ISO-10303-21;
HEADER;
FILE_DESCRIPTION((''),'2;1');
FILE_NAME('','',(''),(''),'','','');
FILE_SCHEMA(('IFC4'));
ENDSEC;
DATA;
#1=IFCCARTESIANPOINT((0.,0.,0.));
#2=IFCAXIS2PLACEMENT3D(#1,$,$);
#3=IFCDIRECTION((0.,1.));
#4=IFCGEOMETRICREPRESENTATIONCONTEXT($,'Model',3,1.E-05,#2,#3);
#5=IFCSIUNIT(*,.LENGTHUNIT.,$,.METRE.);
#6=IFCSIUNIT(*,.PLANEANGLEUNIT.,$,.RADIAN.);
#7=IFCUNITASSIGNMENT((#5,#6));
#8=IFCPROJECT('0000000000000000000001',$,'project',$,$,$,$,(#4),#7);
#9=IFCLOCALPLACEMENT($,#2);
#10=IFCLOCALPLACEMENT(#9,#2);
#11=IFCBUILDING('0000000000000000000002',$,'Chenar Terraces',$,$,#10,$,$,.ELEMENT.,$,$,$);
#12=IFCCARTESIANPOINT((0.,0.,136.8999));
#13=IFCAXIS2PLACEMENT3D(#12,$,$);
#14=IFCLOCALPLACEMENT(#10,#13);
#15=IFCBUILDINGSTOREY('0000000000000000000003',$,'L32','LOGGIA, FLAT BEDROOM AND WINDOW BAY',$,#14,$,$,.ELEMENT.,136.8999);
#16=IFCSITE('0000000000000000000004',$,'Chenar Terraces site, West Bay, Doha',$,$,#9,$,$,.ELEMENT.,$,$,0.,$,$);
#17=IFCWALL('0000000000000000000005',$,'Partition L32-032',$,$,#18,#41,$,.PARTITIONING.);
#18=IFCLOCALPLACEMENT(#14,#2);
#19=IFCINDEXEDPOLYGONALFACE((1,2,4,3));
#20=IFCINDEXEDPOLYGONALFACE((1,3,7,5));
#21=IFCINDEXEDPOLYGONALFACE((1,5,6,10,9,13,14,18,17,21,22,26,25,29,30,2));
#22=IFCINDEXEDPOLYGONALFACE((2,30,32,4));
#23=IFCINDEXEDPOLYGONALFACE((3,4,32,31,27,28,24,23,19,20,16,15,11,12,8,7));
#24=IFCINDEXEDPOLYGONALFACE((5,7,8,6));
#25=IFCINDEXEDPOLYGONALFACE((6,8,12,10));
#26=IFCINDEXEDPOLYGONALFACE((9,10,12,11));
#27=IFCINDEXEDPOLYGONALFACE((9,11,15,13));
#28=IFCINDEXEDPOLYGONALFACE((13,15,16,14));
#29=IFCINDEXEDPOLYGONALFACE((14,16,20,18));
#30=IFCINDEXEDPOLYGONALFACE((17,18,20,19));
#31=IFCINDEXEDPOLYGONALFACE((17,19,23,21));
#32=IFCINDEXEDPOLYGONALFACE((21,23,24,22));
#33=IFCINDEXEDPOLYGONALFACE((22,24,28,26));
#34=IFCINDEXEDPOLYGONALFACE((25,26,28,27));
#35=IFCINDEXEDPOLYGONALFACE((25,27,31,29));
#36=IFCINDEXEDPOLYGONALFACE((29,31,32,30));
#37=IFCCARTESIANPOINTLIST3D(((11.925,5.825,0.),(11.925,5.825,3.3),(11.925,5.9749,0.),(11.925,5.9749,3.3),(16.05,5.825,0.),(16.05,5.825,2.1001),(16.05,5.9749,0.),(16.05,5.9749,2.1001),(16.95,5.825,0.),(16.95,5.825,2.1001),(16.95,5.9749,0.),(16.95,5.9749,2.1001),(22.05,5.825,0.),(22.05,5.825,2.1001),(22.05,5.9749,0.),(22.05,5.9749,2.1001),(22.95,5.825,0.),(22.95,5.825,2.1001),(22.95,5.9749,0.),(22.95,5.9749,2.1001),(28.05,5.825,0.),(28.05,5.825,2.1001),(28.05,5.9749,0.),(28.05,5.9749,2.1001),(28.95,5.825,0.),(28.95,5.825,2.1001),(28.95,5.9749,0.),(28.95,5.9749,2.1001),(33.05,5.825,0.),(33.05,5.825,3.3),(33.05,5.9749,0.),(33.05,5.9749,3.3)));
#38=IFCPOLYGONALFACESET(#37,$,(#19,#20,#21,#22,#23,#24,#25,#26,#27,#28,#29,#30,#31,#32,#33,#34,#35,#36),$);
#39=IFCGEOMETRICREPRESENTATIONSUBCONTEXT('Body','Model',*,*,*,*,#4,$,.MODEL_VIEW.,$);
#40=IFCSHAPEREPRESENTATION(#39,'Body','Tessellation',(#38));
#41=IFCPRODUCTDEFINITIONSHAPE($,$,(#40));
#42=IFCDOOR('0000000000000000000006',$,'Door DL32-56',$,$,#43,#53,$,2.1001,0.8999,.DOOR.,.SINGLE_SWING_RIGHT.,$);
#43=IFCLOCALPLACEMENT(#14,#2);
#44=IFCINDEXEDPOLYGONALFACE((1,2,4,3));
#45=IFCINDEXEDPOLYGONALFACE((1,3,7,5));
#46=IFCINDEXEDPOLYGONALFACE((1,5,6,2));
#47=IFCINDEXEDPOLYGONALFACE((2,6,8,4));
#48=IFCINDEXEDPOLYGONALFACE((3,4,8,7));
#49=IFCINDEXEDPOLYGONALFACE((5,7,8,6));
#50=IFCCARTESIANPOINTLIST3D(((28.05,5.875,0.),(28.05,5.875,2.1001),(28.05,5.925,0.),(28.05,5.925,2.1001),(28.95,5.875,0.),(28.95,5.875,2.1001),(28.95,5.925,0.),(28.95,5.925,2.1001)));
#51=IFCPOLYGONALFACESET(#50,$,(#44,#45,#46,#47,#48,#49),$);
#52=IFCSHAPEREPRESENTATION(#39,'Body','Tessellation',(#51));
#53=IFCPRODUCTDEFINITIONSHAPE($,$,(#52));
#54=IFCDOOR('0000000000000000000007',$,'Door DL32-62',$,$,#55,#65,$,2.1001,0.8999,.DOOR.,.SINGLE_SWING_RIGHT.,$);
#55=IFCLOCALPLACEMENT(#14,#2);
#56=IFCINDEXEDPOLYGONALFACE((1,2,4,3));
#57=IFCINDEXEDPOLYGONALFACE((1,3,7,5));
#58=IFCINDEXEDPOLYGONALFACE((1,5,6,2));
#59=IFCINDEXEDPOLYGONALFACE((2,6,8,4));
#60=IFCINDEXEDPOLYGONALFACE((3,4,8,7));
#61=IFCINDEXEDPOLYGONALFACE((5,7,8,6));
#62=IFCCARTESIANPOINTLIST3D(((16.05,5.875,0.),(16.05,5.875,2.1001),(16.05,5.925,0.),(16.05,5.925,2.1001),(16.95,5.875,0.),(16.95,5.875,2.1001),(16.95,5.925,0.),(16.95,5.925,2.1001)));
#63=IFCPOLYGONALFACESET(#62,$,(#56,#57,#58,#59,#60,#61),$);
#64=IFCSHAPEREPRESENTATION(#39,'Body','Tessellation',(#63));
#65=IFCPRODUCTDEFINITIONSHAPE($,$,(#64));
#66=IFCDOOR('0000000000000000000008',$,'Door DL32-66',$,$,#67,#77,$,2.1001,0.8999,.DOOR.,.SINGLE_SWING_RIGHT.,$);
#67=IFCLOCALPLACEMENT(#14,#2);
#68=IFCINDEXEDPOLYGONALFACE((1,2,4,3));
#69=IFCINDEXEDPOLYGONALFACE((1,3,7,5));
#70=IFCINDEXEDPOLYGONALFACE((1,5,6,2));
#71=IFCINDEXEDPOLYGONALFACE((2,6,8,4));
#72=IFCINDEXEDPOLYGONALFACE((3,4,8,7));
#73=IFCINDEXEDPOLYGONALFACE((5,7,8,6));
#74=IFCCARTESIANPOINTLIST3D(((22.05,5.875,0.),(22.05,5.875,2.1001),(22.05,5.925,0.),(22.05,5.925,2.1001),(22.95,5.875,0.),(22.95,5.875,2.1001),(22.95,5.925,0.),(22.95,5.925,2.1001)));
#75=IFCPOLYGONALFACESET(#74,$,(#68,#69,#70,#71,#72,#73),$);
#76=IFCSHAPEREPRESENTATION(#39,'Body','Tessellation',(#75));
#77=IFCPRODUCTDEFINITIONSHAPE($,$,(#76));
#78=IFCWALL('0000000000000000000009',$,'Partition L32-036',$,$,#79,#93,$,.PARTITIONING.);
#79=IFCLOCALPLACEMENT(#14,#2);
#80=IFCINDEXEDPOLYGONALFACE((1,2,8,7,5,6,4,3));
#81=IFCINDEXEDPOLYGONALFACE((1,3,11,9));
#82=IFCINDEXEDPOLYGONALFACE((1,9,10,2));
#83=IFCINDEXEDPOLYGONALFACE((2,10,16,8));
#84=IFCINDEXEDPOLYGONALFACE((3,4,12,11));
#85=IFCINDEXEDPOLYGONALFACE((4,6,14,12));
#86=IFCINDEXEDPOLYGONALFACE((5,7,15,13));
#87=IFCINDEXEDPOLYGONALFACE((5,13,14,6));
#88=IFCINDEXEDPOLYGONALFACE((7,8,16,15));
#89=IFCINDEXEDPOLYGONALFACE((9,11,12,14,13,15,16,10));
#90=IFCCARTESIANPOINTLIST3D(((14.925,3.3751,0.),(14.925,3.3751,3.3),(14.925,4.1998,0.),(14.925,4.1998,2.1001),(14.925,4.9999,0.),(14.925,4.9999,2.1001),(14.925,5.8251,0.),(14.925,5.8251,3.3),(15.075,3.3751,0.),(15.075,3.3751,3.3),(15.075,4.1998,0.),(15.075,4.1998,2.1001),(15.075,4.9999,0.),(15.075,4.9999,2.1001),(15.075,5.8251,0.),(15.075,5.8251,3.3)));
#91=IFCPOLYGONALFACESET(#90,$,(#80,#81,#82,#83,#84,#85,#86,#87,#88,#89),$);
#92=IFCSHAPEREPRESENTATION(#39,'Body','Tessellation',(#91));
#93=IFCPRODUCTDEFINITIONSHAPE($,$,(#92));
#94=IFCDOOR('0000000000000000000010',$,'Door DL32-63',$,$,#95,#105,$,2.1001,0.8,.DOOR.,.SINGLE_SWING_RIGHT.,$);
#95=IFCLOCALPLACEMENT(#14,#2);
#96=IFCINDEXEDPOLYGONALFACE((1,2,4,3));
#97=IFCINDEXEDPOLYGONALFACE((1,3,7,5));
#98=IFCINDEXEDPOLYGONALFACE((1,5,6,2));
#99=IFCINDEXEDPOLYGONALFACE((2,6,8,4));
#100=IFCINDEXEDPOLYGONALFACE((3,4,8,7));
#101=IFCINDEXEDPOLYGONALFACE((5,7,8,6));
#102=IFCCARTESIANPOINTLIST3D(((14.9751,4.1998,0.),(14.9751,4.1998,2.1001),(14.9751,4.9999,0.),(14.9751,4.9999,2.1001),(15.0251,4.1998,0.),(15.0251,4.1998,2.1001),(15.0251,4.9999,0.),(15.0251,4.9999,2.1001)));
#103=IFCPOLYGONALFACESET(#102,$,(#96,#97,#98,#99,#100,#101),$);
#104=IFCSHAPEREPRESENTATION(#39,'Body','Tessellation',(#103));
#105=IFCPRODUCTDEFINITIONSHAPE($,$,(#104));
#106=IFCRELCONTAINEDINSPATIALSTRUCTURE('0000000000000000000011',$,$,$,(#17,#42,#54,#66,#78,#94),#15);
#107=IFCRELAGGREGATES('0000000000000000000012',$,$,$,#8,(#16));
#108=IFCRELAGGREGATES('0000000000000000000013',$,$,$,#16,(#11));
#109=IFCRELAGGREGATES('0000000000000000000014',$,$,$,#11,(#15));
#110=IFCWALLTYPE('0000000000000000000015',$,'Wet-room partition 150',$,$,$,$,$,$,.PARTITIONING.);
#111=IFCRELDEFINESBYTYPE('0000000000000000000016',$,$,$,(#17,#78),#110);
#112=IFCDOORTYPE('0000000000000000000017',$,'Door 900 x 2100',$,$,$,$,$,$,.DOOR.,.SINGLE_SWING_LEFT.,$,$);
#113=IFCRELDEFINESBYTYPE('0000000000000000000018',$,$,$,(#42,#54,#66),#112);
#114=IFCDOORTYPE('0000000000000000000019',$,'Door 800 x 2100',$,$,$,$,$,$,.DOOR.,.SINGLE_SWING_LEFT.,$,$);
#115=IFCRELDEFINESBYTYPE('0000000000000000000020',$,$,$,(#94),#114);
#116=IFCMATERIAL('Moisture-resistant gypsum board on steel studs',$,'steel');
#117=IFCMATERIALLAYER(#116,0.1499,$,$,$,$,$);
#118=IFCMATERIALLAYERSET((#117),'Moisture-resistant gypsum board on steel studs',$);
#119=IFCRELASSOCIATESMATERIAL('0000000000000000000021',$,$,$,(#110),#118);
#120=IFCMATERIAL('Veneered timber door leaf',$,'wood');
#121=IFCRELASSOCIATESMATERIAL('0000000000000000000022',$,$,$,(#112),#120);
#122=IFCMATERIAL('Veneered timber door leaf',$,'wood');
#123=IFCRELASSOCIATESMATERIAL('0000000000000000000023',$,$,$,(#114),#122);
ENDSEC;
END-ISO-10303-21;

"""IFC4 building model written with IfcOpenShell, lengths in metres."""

from ifc_helpers import new_model, si_unit, direction, frame, frame_2d, origin, place, context, subcontext, project, spatial, rectangle, extrude, material, layer, layer_set, type_object, element, fill, save


model = new_model("IFC4")

# Units and contexts
model_context = context("Model", 3, precision=1e-05, world=origin(), true_north=direction((0.0, 1.0)))
body_context = subcontext(model_context, "Body", "Model", "MODEL_VIEW")
ifc_project = project(units=[si_unit("LENGTHUNIT", "METRE"), si_unit("PLANEANGLEUNIT", "RADIAN")], contexts=[model_context])

# Site, building, storey
site_placement = place(None, origin())
site = spatial("IfcSite", under=ifc_project, at=site_placement, Name="Chenar Terraces site, West Bay, Doha", CompositionType="ELEMENT", RefElevation=0.0)
building_placement = place(site_placement, origin())
building = spatial("IfcBuilding", under=site, at=building_placement, Name="Chenar Terraces", CompositionType="ELEMENT")
storey_placement = place(building_placement, frame((0.0, 0.0, 136.8999)))
storey = spatial("IfcBuildingStorey", under=building, at=storey_placement, Name="L32", Description="LOGGIA, FLAT BEDROOM AND WINDOW BAY", CompositionType="ELEMENT", Elevation=136.8999)

# Wall, openings, doors
ifc_material_1 = material(Name="Moisture-resistant gypsum board on steel studs", Category="steel")
ifc_layer_1 = layer(ifc_material_1, 0.1499)
ifc_layer_set_1 = layer_set([ifc_layer_1], Name="Moisture-resistant gypsum board on steel studs")
wall_type_1 = type_object("IfcWallType", Name="Wet-room partition 150", PredefinedType="PARTITIONING", material=ifc_layer_set_1)
wall_1_placement = place(storey_placement, frame((11.925, 5.8999, 0.0), z_axis=(0.0, 0.0, 1.0), x_axis=(1.0, 0.0, 0.0)))
wall_1 = element("IfcWall", 1, at=wall_1_placement, inside=storey, type_object=wall_type_1, Name="Partition L32-032", PredefinedType="PARTITIONING", context=body_context, shape_type="SweptSolid", body=[
    extrude(rectangle(XDim=21.125, YDim=0.1499, at=frame_2d((10.5625, 0.0))), origin(), (0.0, 0.0, 1.0), 3.3),
])
opening_1_placement = place(wall_1_placement, frame((16.125, 0.0, 0.0)))
opening_1 = element("IfcOpeningElement", 2, at=opening_1_placement, cuts=wall_1, PredefinedType="OPENING", context=body_context, shape_type="SweptSolid", body=[
    extrude(rectangle(XDim=0.8999, YDim=2.1001, at=frame_2d((0.45, 1.05))), frame((0.0, 0.085, 0.0), z_axis=(0.0, -1.0, 0.0), x_axis=(1.0, 0.0, 0.0)), (0.0, 0.0, 1.0), 0.1699),
])
opening_2_placement = place(wall_1_placement, frame((4.125, 0.0, 0.0)))
opening_2 = element("IfcOpeningElement", 3, at=opening_2_placement, cuts=wall_1, PredefinedType="OPENING", context=body_context, shape_type="SweptSolid", body=[
    extrude(rectangle(XDim=0.8999, YDim=2.1001, at=frame_2d((0.45, 1.05))), frame((0.0, 0.085, 0.0), z_axis=(0.0, -1.0, 0.0), x_axis=(1.0, 0.0, 0.0)), (0.0, 0.0, 1.0), 0.1699),
])
opening_3_placement = place(wall_1_placement, frame((10.125, 0.0, 0.0)))
opening_3 = element("IfcOpeningElement", 4, at=opening_3_placement, cuts=wall_1, PredefinedType="OPENING", context=body_context, shape_type="SweptSolid", body=[
    extrude(rectangle(XDim=0.8999, YDim=2.1001, at=frame_2d((0.45, 1.05))), frame((0.0, 0.085, 0.0), z_axis=(0.0, -1.0, 0.0), x_axis=(1.0, 0.0, 0.0)), (0.0, 0.0, 1.0), 0.1699),
])
ifc_material_2 = material(Name="Veneered timber door leaf", Category="wood")
door_type_1 = type_object("IfcDoorType", Name="Door 900 x 2100", OperationType="SINGLE_SWING_LEFT", PredefinedType="DOOR", material=ifc_material_2)
door_1_placement = place(opening_1_placement, frame((0.8999, 0.0, 0.0), z_axis=(0.0, 0.0, 1.0), x_axis=(-1.0, 0.0, 0.0)))
door_1 = element("IfcDoor", 5, at=door_1_placement, inside=storey, type_object=door_type_1, Name="Door DL32-56", OperationType="SINGLE_SWING_RIGHT", OverallHeight=2.1001, OverallWidth=0.8999, PredefinedType="DOOR", context=body_context, shape_type="SweptSolid", body=[
    extrude(rectangle(XDim=0.8999, YDim=2.1001, at=frame_2d((0.45, 1.05))), frame((0.0, 0.0249, 0.0), z_axis=(0.0, -1.0, 0.0), x_axis=(1.0, 0.0, 0.0)), (0.0, 0.0, 1.0), 0.05),
])
fill(opening_1, door_1)
door_2_placement = place(opening_2_placement, frame((0.8999, 0.0, 0.0), z_axis=(0.0, 0.0, 1.0), x_axis=(-1.0, 0.0, 0.0)))
door_2 = element("IfcDoor", 6, at=door_2_placement, inside=storey, type_object=door_type_1, Name="Door DL32-62", OperationType="SINGLE_SWING_RIGHT", OverallHeight=2.1001, OverallWidth=0.8999, PredefinedType="DOOR", context=body_context, shape_type="SweptSolid", body=[
    extrude(rectangle(XDim=0.8999, YDim=2.1001, at=frame_2d((0.45, 1.05))), frame((0.0, 0.0249, 0.0), z_axis=(0.0, -1.0, 0.0), x_axis=(1.0, 0.0, 0.0)), (0.0, 0.0, 1.0), 0.05),
])
fill(opening_2, door_2)
door_3_placement = place(opening_3_placement, frame((0.8999, 0.0, 0.0), z_axis=(0.0, 0.0, 1.0), x_axis=(-1.0, 0.0, 0.0)))
door_3 = element("IfcDoor", 7, at=door_3_placement, inside=storey, type_object=door_type_1, Name="Door DL32-66", OperationType="SINGLE_SWING_RIGHT", OverallHeight=2.1001, OverallWidth=0.8999, PredefinedType="DOOR", context=body_context, shape_type="SweptSolid", body=[
    extrude(rectangle(XDim=0.8999, YDim=2.1001, at=frame_2d((0.45, 1.05))), frame((0.0, 0.0249, 0.0), z_axis=(0.0, -1.0, 0.0), x_axis=(1.0, 0.0, 0.0)), (0.0, 0.0, 1.0), 0.05),
])
fill(opening_3, door_3)

# Wall, opening, door
wall_2_placement = place(storey_placement, frame((15.0, 3.375, 0.0), z_axis=(0.0, 0.0, 1.0), x_axis=(0.0, 1.0, 0.0)))
wall_2 = element("IfcWall", 8, at=wall_2_placement, inside=storey, type_object=wall_type_1, Name="Partition L32-036", PredefinedType="PARTITIONING", context=body_context, shape_type="SweptSolid", body=[
    extrude(rectangle(XDim=2.45, YDim=0.1499, at=frame_2d((1.2251, 0.0))), origin(), (0.0, 0.0, 1.0), 3.3),
])
opening_4_placement = place(wall_2_placement, frame((0.825, 0.0, 0.0)))
opening_4 = element("IfcOpeningElement", 9, at=opening_4_placement, cuts=wall_2, PredefinedType="OPENING", context=body_context, shape_type="SweptSolid", body=[
    extrude(rectangle(XDim=0.8, YDim=2.1001, at=frame_2d((0.3999, 1.05))), frame((0.0, 0.085, 0.0), z_axis=(0.0, -1.0, 0.0), x_axis=(1.0, 0.0, 0.0)), (0.0, 0.0, 1.0), 0.1699),
])
ifc_material_3 = material(Name="Veneered timber door leaf", Category="wood")
door_type_2 = type_object("IfcDoorType", Name="Door 800 x 2100", OperationType="SINGLE_SWING_LEFT", PredefinedType="DOOR", material=ifc_material_3)
door_4_placement = place(opening_4_placement, origin())
door_4 = element("IfcDoor", 10, at=door_4_placement, inside=storey, type_object=door_type_2, Name="Door DL32-63", OperationType="SINGLE_SWING_RIGHT", OverallHeight=2.1001, OverallWidth=0.8, PredefinedType="DOOR", context=body_context, shape_type="SweptSolid", body=[
    extrude(rectangle(XDim=0.8, YDim=2.1001, at=frame_2d((0.3999, 1.05))), frame((0.0, 0.0249, 0.0), z_axis=(0.0, -1.0, 0.0), x_axis=(1.0, 0.0, 0.0)), (0.0, 0.0, 1.0), 0.05),
])
fill(opening_4, door_4)

save(model, "model.ifc")
